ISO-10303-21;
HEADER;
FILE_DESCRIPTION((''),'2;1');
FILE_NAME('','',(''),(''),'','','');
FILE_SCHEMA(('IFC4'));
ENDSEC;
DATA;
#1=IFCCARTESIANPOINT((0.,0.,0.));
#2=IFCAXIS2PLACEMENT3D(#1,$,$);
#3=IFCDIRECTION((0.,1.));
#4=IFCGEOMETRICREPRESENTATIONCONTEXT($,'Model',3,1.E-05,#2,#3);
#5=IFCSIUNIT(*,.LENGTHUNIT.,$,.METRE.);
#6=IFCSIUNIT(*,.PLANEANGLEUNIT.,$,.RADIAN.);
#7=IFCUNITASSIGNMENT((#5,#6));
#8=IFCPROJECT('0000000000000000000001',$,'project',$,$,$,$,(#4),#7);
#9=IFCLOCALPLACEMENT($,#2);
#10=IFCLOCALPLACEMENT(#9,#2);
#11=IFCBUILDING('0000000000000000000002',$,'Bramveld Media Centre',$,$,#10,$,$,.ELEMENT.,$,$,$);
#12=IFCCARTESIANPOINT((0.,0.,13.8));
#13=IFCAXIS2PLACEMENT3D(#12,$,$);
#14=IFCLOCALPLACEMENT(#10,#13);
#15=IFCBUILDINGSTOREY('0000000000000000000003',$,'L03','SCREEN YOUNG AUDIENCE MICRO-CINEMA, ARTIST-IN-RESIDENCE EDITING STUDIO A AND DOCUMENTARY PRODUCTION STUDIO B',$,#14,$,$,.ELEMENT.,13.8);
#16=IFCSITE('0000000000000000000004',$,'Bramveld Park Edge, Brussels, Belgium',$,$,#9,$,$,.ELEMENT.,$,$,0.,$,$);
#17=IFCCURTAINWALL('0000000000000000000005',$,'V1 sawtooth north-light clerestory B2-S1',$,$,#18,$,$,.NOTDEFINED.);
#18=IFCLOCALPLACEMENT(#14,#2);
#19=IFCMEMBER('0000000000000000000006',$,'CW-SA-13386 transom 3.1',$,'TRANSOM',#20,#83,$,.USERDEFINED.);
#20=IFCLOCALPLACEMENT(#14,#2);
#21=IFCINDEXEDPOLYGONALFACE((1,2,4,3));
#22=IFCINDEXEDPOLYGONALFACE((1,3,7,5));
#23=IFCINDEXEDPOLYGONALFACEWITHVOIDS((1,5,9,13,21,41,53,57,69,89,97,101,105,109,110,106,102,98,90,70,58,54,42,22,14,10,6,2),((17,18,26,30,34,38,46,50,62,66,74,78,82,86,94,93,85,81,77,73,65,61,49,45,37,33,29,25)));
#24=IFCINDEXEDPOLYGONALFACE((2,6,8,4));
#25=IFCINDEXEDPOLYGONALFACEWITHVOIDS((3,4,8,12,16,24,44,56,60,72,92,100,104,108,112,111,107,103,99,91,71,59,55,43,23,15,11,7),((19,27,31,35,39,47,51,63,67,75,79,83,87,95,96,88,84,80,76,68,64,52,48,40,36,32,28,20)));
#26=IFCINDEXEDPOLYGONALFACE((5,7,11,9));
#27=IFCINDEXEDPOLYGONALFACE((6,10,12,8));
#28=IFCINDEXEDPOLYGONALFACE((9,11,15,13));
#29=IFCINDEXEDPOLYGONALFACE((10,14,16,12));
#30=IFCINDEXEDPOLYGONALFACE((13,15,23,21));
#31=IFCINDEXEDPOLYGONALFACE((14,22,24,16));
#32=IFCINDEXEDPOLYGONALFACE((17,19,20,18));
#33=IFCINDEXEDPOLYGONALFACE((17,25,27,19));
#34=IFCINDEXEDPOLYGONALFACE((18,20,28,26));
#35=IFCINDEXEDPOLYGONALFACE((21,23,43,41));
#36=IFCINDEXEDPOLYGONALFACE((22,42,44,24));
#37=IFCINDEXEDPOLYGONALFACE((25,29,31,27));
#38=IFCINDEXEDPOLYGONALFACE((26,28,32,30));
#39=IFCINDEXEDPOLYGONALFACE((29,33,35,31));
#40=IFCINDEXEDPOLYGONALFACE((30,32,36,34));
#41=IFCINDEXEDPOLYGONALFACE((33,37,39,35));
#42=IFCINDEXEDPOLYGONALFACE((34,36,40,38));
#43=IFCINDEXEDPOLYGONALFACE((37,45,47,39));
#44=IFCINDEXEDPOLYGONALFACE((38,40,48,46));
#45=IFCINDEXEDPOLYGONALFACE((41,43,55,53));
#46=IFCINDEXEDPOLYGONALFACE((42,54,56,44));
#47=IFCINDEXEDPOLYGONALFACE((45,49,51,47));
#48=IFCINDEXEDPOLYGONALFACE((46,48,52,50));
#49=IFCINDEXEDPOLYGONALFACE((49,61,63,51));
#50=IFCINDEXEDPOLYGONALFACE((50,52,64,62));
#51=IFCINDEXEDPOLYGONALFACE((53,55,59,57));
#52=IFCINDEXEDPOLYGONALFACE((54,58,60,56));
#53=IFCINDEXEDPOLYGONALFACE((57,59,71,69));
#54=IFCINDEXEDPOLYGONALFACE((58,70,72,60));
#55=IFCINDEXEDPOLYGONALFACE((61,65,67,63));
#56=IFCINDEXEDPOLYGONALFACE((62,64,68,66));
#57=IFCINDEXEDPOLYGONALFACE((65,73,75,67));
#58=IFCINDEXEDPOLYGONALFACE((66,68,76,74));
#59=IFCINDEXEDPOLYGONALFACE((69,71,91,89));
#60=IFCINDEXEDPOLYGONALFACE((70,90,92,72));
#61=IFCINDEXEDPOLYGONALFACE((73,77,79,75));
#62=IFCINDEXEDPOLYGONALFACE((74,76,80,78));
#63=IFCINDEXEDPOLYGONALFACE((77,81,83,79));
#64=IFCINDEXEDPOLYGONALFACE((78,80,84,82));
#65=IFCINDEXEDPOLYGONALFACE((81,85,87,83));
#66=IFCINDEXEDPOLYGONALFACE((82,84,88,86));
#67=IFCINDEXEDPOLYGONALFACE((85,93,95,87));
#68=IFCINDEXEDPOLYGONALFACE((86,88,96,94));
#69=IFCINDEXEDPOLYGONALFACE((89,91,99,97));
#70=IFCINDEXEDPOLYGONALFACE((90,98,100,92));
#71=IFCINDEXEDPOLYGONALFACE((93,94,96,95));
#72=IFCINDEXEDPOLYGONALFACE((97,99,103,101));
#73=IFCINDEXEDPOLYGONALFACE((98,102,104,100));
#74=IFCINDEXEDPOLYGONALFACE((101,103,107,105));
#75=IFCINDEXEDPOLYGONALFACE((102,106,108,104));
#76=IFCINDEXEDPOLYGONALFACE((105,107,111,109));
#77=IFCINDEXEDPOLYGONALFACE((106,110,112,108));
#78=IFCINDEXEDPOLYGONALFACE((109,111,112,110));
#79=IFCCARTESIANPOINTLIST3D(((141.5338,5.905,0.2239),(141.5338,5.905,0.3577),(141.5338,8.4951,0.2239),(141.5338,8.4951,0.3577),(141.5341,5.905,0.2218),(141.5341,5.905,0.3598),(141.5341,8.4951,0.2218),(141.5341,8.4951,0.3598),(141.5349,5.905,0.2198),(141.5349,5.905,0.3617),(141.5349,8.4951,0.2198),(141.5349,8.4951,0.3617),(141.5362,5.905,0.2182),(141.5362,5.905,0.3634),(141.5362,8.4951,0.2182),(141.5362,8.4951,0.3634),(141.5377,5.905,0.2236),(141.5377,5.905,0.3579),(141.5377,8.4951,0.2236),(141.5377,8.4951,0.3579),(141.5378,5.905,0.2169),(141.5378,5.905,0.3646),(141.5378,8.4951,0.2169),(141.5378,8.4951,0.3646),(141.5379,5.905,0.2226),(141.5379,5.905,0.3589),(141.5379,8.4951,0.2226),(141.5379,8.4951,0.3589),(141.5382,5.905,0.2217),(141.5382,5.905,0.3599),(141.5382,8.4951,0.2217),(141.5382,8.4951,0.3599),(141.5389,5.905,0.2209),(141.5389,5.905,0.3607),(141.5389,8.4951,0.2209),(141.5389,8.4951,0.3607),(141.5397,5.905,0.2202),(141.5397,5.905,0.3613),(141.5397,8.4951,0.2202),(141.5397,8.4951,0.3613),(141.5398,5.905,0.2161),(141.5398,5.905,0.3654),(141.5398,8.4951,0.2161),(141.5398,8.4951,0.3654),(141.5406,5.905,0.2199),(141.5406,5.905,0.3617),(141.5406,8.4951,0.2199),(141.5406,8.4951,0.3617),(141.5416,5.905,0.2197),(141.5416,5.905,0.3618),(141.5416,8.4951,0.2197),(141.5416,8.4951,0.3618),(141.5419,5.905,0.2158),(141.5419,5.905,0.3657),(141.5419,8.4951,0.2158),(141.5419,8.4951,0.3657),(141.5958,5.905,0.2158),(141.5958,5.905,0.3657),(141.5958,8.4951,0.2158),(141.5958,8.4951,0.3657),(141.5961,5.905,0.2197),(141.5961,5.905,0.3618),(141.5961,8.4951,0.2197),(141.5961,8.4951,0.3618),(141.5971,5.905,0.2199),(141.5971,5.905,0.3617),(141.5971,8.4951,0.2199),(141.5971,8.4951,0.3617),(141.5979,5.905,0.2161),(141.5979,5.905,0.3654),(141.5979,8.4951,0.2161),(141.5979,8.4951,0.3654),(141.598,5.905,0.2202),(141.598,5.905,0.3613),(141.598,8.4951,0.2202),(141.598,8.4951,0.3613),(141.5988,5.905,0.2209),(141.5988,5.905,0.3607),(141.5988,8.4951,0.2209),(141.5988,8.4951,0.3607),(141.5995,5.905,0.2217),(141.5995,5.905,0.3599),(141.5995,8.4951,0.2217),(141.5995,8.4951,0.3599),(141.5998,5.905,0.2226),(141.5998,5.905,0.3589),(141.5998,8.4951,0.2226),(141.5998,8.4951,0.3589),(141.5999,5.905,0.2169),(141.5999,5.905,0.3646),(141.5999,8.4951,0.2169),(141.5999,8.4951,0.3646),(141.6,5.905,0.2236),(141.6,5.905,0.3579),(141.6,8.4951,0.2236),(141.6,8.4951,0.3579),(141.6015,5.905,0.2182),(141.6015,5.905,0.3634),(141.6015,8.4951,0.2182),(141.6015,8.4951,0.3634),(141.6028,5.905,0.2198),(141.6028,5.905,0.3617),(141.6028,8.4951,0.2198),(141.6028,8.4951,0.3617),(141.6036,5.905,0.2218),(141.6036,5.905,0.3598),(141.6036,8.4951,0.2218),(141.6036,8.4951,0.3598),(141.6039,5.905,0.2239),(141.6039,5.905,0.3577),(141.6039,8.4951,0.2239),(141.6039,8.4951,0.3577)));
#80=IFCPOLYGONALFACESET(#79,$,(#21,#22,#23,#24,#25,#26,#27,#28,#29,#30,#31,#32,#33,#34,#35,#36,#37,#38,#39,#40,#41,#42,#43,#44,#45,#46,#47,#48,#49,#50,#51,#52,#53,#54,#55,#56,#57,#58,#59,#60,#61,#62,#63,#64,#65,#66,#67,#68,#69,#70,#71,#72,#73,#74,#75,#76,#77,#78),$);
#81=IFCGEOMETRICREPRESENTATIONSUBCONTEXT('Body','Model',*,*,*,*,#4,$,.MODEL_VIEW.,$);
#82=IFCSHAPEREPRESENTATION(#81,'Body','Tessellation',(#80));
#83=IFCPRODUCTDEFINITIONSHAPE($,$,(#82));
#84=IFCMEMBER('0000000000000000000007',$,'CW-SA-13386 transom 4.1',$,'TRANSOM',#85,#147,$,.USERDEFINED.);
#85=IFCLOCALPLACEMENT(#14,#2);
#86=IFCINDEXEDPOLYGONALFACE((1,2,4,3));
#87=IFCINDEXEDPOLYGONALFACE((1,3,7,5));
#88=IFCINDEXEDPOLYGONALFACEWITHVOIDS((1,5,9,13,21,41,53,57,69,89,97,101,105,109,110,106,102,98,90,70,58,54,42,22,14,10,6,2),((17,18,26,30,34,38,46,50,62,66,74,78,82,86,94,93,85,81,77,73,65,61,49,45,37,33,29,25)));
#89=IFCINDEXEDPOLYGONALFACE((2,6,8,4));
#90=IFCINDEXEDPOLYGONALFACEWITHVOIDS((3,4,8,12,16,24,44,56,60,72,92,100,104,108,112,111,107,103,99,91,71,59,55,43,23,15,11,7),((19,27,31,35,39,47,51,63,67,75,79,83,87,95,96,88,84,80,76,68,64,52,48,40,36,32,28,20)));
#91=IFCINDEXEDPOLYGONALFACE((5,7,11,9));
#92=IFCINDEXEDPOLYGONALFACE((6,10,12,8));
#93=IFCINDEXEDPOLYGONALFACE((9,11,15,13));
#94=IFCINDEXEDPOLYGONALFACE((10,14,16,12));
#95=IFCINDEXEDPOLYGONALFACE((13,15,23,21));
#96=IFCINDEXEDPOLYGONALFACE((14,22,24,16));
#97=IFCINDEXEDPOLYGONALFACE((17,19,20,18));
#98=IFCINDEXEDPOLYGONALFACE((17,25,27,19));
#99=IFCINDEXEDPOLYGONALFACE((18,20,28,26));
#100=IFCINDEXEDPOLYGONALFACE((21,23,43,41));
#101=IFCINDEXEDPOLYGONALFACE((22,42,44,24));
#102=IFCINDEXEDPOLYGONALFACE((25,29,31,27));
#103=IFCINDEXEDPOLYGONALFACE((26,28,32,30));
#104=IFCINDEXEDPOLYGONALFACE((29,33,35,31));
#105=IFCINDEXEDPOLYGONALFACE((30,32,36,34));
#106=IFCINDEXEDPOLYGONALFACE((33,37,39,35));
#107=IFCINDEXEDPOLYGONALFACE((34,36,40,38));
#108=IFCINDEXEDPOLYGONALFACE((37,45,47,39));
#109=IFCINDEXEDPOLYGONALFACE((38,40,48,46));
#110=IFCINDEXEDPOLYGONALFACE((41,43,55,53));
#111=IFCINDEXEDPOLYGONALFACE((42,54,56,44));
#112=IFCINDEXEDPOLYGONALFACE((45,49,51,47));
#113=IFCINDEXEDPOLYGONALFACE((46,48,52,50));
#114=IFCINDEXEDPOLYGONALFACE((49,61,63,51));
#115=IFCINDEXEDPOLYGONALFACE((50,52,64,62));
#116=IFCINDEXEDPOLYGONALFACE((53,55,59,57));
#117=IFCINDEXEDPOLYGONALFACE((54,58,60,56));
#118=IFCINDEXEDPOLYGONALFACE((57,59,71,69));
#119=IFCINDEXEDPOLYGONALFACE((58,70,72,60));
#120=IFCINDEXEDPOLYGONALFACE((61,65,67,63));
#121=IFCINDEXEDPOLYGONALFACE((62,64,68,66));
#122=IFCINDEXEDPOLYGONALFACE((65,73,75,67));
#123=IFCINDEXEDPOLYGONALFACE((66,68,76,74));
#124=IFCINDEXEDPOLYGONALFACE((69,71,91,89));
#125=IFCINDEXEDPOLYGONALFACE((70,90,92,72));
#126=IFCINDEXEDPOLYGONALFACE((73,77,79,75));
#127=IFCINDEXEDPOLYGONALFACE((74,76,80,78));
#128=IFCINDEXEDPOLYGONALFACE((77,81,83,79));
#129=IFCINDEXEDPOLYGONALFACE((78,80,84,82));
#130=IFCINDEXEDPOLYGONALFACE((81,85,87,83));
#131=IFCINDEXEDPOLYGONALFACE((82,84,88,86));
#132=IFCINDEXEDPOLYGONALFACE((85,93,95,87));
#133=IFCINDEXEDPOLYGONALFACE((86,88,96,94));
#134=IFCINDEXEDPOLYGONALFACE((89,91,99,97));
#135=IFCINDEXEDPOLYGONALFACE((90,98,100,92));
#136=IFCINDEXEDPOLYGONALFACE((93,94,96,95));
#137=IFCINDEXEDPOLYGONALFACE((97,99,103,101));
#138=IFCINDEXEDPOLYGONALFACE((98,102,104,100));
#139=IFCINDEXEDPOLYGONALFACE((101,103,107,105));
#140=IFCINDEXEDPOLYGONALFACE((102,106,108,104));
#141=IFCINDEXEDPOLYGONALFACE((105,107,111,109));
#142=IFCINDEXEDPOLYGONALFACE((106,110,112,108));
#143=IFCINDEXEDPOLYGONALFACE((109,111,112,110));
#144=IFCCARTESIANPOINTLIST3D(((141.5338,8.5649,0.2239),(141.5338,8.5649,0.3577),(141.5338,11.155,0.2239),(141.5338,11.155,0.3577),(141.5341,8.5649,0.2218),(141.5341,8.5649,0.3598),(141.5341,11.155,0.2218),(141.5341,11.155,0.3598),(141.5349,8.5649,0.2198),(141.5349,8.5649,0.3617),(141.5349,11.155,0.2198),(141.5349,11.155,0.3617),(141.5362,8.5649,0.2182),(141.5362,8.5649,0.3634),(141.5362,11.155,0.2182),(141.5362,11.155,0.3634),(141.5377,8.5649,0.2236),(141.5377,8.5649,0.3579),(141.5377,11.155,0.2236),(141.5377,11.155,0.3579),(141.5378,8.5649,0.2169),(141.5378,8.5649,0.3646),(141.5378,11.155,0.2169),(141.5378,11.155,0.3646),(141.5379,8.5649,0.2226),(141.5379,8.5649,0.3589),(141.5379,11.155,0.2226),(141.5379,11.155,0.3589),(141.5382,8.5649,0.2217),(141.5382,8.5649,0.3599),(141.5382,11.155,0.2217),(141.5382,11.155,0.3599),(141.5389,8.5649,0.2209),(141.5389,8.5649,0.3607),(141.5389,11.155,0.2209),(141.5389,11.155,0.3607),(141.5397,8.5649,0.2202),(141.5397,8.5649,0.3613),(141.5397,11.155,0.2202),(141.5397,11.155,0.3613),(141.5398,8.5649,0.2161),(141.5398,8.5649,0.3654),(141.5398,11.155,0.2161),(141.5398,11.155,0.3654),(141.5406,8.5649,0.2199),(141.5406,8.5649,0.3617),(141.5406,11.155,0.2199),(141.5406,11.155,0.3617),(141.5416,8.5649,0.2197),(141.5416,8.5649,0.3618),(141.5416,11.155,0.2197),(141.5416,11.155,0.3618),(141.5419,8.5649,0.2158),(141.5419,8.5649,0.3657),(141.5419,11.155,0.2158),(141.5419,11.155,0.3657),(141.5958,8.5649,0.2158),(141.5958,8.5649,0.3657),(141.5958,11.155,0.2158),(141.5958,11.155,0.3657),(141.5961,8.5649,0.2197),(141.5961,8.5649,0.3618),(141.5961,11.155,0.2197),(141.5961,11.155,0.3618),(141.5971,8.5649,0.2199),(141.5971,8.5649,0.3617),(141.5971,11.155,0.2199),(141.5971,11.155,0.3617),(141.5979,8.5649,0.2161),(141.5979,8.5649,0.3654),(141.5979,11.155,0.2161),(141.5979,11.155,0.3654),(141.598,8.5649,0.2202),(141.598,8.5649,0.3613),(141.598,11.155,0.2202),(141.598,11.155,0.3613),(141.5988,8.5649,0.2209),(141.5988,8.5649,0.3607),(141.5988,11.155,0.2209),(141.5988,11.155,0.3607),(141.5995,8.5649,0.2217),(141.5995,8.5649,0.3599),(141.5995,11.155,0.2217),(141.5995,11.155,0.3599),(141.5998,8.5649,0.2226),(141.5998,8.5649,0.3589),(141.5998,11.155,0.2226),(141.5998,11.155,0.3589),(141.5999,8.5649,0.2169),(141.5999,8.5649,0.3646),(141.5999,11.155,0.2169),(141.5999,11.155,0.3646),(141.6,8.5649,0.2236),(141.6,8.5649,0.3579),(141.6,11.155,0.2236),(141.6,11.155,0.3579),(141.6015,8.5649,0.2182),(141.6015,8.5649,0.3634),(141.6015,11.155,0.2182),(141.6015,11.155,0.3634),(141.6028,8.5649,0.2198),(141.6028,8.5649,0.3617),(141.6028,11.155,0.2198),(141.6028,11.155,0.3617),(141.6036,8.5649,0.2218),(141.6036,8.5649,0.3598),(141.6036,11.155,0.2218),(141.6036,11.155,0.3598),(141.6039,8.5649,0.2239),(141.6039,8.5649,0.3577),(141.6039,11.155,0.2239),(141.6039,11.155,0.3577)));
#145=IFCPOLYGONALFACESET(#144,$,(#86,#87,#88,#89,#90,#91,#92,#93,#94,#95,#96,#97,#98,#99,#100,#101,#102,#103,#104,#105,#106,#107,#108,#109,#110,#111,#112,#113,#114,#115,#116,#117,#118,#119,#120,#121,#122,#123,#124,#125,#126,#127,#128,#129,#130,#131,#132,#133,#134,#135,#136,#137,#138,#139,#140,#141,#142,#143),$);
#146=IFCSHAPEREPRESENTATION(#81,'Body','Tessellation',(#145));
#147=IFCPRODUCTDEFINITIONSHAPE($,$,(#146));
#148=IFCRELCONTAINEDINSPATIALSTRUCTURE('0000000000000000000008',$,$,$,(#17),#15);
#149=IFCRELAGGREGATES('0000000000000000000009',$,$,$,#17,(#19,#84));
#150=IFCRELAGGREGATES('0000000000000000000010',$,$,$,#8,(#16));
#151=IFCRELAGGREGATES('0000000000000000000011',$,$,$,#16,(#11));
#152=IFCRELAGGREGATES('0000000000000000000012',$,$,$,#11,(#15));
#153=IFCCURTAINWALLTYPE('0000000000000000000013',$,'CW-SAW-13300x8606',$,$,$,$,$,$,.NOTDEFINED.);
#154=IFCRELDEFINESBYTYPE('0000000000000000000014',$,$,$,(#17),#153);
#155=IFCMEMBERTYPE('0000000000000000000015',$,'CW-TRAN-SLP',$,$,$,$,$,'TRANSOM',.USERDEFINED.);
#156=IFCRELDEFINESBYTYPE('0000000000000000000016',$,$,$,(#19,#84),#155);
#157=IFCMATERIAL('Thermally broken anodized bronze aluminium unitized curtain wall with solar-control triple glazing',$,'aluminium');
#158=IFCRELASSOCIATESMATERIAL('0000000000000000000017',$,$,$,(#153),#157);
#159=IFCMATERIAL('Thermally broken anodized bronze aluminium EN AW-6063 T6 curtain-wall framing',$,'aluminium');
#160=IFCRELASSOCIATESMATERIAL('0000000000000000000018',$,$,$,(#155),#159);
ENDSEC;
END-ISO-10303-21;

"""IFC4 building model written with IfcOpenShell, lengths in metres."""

from ifc_helpers import new_model, si_unit, direction, frame, origin, origin_2d, place, context, subcontext, project, spatial, hollow_rectangle, extrude, material, material_profile, profile_set, type_object, element, aggregate, save


model = new_model("IFC4")

# Units and contexts
model_context = context("Model", 3, precision=1e-05, world=origin(), true_north=direction((0.0, 1.0)))
body_context = subcontext(model_context, "Body", "Model", "MODEL_VIEW")
ifc_project = project(units=[si_unit("LENGTHUNIT", "METRE"), si_unit("PLANEANGLEUNIT", "RADIAN")], contexts=[model_context])

# Site, building, storey
site_placement = place(None, origin())
site = spatial("IfcSite", under=ifc_project, at=site_placement, Name="Bramveld Park Edge, Brussels, Belgium", CompositionType="ELEMENT", RefElevation=0.0)
building_placement = place(site_placement, origin())
building = spatial("IfcBuilding", under=site, at=building_placement, Name="Bramveld Media Centre", CompositionType="ELEMENT")
storey_placement = place(building_placement, frame((0.0, 0.0, 13.8)))
storey = spatial("IfcBuildingStorey", under=building, at=storey_placement, Name="L03", Description="SCREEN YOUNG AUDIENCE MICRO-CINEMA, ARTIST-IN-RESIDENCE EDITING STUDIO A AND DOCUMENTARY PRODUCTION STUDIO B", CompositionType="ELEMENT", Elevation=13.8)

# Curtain wall, members
ifc_material_1 = material(Name="Thermally broken anodized bronze aluminium unitized curtain wall with solar-control triple glazing", Category="aluminium")
curtain_wall_type = type_object("IfcCurtainWallType", Name="CW-SAW-13300x8606", PredefinedType="NOTDEFINED", material=ifc_material_1)
curtain_wall_1_placement = place(storey_placement, origin())
curtain_wall_1 = element("IfcCurtainWall", 1, at=curtain_wall_1_placement, inside=storey, type_object=curtain_wall_type, Name="V1 sawtooth north-light clerestory B2-S1", PredefinedType="NOTDEFINED")
ifc_material_2 = material(Name="Thermally broken anodized bronze aluminium EN AW-6063 T6 curtain-wall framing", Category="aluminium")
ifc_material_profile_1 = material_profile(ifc_material_2, hollow_rectangle(XDim=0.0701, YDim=0.1499, WallThickness=0.0039, InnerFilletRadius=0.0039, OuterFilletRadius=0.0081, at=origin_2d()), Name="AL-TRAN 70x150")
ifc_profile_set_1 = profile_set([ifc_material_profile_1], Name="Thermally broken anodized bronze aluminium EN AW-6063 T6 curtain-wall framing")
member_type_1 = type_object("IfcMemberType", Name="CW-TRAN-SLP", ElementType="TRANSOM", PredefinedType="USERDEFINED", material=ifc_profile_set_1)
member_1_placement = place(storey_placement, frame((141.5688, 5.905, 0.2908), z_axis=(0.0, 1.0, 0.0), x_axis=(-1.0, 0.0, 0.0)))
member_1 = element("IfcMember", 2, at=member_1_placement, type_object=member_type_1, Name="CW-SA-13386 transom 3.1", ObjectType="TRANSOM", PredefinedType="USERDEFINED", context=body_context, shape_type="SweptSolid", body=[
    extrude(hollow_rectangle(XDim=0.0701, YDim=0.1499, WallThickness=0.0039, InnerFilletRadius=0.0039, OuterFilletRadius=0.0081, at=origin_2d()), origin(), (0.0, 0.0, 1.0), 2.5901),
])
member_2_placement = place(storey_placement, frame((141.5688, 8.5649, 0.2908), z_axis=(0.0, 1.0, 0.0), x_axis=(-1.0, 0.0, 0.0)))
member_2 = element("IfcMember", 3, at=member_2_placement, type_object=member_type_1, Name="CW-SA-13386 transom 4.1", ObjectType="TRANSOM", PredefinedType="USERDEFINED", context=body_context, shape_type="SweptSolid", body=[
    extrude(hollow_rectangle(XDim=0.0701, YDim=0.1499, WallThickness=0.0039, InnerFilletRadius=0.0039, OuterFilletRadius=0.0081, at=origin_2d()), origin(), (0.0, 0.0, 1.0), 2.5901),
])
aggregate(curtain_wall_1, [member_1, member_2])

save(model, "model.ifc")
